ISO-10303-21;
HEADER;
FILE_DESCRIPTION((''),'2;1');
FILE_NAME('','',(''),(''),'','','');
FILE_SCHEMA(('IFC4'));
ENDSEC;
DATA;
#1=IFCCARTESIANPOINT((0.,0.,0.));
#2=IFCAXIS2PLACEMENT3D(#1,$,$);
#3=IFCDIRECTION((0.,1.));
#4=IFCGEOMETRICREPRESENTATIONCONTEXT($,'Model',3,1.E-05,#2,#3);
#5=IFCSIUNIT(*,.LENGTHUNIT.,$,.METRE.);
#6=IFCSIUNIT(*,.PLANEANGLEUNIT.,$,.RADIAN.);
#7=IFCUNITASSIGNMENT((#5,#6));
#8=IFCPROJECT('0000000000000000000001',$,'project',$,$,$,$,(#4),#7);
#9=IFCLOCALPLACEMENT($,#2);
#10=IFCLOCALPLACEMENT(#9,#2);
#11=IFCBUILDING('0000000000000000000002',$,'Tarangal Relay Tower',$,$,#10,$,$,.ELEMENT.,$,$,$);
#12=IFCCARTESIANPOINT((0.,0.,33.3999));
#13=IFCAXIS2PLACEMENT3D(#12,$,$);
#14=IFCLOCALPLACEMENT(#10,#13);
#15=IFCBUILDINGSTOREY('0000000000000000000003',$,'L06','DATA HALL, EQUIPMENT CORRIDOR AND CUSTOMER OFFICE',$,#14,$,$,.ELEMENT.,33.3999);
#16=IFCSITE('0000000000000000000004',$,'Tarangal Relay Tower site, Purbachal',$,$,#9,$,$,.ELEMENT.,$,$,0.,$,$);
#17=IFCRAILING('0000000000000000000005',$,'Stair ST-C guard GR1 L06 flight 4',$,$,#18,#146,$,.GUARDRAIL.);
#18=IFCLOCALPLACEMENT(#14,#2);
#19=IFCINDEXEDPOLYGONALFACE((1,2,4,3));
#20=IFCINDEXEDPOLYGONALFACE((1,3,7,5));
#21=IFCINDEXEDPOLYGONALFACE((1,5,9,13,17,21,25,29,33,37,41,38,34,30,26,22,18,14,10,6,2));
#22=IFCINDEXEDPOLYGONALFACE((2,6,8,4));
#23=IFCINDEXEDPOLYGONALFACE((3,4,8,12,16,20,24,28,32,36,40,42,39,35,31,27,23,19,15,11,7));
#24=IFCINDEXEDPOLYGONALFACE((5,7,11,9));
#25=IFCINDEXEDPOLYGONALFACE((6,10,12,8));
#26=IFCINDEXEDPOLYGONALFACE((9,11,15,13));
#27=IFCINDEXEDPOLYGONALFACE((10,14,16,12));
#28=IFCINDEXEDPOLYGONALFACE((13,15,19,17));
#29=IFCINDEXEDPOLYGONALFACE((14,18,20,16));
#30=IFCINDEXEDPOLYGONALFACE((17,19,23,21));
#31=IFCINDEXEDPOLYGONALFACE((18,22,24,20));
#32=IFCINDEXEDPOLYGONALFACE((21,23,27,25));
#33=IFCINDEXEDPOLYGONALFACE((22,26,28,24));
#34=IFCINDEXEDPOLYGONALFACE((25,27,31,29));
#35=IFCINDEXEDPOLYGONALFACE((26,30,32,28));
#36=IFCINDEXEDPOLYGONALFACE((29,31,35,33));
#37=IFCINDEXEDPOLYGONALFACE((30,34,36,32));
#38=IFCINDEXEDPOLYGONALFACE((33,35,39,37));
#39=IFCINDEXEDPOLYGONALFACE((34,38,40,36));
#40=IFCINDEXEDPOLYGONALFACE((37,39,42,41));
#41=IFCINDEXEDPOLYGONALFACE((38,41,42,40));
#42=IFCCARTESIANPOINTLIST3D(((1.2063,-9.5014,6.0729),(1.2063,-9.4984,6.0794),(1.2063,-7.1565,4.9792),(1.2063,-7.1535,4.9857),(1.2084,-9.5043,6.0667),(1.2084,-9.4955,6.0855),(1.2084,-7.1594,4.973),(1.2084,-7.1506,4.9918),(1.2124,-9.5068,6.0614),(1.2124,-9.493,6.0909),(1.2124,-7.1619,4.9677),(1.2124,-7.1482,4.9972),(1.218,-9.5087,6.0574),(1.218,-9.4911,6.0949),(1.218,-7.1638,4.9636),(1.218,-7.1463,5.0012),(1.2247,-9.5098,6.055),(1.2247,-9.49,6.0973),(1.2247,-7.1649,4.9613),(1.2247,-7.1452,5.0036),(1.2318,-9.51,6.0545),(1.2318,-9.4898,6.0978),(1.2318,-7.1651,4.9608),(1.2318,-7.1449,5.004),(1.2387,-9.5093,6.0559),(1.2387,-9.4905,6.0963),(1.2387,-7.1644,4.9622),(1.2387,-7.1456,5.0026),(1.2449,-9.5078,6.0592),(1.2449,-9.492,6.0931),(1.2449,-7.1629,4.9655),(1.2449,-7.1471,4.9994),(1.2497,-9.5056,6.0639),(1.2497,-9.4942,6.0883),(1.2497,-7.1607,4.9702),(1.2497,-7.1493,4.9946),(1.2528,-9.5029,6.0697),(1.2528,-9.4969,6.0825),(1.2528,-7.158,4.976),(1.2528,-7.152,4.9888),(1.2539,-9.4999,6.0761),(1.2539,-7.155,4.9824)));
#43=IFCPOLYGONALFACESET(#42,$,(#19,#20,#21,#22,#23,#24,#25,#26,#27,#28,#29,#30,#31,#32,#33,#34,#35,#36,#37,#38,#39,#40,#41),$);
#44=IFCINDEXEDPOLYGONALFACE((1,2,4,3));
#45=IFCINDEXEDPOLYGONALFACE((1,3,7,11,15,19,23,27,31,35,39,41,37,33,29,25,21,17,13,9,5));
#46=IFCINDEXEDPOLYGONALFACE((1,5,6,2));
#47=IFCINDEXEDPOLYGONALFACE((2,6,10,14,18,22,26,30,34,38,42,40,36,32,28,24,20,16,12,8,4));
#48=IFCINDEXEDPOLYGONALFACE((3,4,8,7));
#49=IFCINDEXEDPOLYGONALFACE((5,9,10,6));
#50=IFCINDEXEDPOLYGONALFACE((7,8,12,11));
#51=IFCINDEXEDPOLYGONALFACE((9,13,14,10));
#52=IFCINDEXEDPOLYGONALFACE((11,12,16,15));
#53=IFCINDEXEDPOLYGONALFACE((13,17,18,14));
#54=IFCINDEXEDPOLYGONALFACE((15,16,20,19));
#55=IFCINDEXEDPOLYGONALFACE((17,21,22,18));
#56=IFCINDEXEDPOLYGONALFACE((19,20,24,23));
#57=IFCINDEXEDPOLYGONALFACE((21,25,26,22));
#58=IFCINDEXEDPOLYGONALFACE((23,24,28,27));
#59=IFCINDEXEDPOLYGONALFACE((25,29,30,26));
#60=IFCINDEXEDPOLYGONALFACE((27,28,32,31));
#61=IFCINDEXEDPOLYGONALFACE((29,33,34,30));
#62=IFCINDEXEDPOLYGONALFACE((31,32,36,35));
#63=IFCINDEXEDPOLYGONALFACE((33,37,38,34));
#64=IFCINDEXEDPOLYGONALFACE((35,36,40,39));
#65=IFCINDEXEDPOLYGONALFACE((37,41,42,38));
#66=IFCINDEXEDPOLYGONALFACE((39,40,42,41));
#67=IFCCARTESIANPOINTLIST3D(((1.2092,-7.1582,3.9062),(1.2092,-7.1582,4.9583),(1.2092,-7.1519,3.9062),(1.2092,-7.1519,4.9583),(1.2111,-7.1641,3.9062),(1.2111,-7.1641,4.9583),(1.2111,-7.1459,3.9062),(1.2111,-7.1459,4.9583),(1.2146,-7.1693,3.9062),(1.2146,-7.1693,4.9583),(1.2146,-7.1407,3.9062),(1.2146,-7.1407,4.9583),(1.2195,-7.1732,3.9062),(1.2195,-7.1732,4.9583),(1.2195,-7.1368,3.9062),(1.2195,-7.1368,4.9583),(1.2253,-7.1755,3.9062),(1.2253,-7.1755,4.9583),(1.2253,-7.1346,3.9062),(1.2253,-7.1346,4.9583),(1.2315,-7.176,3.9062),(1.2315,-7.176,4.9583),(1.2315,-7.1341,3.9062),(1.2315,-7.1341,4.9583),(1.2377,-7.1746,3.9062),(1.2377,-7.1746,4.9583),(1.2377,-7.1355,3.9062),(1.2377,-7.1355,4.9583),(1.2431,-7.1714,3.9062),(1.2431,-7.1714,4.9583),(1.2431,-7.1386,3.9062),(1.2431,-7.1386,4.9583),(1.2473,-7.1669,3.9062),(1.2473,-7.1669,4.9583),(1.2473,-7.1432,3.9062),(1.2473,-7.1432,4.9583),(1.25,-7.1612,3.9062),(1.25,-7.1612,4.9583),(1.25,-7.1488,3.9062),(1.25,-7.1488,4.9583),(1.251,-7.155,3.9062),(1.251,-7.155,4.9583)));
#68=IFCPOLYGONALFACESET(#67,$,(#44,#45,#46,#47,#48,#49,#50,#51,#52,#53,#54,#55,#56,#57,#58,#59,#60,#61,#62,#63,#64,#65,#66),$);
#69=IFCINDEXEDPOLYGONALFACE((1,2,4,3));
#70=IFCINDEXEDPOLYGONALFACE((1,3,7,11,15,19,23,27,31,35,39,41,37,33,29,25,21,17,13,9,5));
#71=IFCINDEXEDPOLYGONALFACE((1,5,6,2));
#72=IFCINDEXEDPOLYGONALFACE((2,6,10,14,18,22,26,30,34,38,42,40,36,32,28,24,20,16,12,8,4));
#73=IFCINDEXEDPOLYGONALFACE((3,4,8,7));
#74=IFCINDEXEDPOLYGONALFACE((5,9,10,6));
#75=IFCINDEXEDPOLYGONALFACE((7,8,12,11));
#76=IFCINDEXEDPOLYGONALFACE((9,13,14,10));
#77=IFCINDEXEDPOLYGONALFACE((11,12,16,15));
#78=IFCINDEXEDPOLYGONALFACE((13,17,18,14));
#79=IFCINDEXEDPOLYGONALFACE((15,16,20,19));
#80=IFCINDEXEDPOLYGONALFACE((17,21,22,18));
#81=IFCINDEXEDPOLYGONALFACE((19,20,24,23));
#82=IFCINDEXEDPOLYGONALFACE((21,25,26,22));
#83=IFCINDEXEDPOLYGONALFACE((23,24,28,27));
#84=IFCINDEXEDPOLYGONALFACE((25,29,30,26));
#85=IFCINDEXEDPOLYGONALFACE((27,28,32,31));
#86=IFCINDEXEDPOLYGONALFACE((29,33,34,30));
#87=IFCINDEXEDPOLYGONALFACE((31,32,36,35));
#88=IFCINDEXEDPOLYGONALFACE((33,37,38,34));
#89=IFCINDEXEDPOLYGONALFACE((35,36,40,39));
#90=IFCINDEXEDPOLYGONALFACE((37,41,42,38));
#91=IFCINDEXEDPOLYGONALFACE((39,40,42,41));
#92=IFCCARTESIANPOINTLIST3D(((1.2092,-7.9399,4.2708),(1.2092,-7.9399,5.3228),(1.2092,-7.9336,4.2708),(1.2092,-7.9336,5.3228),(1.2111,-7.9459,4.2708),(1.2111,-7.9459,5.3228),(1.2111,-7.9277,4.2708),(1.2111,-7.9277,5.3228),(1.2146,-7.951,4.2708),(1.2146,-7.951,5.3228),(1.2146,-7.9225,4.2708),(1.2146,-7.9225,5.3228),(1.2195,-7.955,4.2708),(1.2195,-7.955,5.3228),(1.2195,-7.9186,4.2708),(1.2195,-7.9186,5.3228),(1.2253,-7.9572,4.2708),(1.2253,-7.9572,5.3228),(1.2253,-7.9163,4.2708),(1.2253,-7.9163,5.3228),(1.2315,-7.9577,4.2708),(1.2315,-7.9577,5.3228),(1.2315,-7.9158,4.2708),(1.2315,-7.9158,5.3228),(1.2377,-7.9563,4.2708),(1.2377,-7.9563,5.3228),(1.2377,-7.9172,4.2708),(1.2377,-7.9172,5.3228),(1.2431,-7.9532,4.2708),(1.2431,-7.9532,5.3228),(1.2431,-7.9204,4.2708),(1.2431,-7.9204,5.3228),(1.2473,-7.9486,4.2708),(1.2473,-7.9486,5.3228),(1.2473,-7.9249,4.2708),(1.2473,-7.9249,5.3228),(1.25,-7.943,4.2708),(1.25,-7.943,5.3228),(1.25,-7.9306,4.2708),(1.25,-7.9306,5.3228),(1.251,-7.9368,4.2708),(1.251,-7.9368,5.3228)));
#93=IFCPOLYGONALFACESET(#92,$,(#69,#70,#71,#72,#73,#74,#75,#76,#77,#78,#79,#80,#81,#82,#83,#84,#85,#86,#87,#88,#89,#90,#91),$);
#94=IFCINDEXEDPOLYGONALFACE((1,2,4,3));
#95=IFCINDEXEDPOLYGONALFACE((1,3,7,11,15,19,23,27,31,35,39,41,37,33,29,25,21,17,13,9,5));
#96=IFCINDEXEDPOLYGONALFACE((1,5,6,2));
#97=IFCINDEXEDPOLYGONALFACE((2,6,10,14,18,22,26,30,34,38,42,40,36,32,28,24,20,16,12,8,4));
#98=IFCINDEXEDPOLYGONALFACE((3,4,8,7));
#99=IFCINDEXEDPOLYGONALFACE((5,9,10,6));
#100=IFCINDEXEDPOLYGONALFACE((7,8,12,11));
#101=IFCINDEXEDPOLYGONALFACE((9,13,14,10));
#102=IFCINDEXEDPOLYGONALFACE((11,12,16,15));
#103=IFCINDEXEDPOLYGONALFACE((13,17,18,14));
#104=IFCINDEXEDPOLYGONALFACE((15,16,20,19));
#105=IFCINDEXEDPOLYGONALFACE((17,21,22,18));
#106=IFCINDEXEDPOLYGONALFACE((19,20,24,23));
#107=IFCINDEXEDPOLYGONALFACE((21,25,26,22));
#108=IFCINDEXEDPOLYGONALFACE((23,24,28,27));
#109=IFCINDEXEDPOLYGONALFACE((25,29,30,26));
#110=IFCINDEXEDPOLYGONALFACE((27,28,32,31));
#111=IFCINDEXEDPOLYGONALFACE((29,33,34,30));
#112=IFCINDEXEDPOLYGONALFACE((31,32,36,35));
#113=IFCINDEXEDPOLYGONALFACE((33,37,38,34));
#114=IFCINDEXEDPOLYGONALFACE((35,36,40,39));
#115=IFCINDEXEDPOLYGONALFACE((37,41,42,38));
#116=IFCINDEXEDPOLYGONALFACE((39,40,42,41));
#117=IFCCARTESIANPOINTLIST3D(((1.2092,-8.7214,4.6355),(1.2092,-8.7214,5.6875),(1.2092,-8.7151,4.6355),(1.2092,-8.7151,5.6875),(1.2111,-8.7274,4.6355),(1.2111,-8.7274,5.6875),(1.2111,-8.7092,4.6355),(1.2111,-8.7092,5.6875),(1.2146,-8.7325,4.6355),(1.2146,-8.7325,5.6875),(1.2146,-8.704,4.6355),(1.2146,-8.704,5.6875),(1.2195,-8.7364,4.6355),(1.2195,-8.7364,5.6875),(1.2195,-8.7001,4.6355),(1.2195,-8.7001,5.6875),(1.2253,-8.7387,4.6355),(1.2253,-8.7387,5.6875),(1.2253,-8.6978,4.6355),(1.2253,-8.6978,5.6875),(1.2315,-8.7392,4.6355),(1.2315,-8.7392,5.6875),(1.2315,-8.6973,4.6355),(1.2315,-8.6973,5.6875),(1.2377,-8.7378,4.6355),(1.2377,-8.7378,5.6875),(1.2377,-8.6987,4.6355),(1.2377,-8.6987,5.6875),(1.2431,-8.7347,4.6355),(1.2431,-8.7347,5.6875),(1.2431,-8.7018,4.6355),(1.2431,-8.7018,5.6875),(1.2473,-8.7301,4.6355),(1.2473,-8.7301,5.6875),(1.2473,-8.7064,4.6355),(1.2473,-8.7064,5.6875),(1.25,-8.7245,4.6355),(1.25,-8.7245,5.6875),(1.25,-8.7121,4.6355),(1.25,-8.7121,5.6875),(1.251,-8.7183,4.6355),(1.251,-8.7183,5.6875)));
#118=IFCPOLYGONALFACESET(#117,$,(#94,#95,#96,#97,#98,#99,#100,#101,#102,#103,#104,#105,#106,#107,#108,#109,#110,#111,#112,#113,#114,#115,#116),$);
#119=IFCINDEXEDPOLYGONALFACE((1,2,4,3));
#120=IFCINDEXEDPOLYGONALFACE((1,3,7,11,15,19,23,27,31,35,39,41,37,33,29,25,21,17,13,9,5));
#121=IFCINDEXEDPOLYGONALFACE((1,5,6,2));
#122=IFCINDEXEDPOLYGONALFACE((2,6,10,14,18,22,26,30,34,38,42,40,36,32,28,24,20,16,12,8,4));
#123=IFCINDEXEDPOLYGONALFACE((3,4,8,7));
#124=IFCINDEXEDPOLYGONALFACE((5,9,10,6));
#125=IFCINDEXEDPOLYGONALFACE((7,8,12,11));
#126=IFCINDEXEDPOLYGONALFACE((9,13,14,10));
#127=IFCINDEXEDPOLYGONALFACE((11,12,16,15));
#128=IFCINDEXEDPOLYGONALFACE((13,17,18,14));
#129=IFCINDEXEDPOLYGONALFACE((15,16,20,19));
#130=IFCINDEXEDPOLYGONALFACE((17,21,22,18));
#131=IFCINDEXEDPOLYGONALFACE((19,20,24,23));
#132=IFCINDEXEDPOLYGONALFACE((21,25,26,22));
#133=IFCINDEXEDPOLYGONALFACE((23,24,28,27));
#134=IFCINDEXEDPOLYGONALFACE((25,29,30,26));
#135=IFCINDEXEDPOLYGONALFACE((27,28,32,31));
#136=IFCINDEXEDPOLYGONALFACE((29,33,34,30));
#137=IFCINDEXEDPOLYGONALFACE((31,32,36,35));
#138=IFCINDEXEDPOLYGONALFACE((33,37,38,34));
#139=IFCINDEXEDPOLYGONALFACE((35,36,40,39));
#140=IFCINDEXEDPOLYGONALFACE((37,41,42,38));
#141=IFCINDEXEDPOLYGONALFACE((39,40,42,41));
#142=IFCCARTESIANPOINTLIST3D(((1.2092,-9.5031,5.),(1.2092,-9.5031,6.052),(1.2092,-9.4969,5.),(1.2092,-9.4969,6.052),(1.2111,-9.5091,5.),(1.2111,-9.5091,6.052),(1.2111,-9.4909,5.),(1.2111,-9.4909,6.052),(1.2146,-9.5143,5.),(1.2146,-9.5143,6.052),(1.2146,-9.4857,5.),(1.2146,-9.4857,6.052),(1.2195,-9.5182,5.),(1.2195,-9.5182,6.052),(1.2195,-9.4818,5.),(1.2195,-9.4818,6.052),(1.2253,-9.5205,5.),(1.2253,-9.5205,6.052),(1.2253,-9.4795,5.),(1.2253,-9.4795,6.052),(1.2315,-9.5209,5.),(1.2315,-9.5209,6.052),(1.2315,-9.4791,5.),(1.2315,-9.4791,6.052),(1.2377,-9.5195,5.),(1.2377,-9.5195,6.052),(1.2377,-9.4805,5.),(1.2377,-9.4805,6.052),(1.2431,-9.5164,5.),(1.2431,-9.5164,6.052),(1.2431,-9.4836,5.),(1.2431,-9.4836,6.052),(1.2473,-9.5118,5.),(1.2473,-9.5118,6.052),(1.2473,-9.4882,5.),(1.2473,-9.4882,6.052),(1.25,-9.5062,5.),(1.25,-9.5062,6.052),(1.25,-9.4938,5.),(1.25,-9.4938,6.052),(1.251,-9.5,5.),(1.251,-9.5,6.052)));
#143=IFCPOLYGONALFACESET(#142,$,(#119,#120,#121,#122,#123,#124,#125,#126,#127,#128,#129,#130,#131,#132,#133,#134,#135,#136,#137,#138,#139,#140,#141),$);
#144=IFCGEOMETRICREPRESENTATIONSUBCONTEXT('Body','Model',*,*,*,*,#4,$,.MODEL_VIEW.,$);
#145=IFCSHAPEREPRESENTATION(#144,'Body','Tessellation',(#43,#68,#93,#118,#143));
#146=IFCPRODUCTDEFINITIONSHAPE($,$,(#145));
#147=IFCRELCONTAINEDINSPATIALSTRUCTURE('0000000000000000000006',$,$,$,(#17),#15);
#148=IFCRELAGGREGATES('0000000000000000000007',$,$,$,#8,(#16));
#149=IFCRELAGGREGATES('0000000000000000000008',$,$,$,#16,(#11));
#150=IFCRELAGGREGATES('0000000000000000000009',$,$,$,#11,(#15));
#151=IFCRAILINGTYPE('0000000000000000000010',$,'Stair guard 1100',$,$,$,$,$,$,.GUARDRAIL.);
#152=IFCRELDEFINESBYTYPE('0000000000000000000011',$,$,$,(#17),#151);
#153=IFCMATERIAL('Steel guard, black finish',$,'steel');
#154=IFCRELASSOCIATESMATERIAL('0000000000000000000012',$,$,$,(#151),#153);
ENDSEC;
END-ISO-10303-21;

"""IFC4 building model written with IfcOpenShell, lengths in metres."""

from ifc_helpers import new_model, si_unit, direction, frame, origin, origin_2d, place, context, subcontext, project, spatial, circle, extrude, material, type_object, element, save


model = new_model("IFC4")

# Units and contexts
model_context = context("Model", 3, precision=1e-05, world=origin(), true_north=direction((0.0, 1.0)))
body_context = subcontext(model_context, "Body", "Model", "MODEL_VIEW")
ifc_project = project(units=[si_unit("LENGTHUNIT", "METRE"), si_unit("PLANEANGLEUNIT", "RADIAN")], contexts=[model_context])

# Site, building, storey
site_placement = place(None, origin())
site = spatial("IfcSite", under=ifc_project, at=site_placement, Name="Tarangal Relay Tower site, Purbachal", CompositionType="ELEMENT", RefElevation=0.0)
building_placement = place(site_placement, origin())
building = spatial("IfcBuilding", under=site, at=building_placement, Name="Tarangal Relay Tower", CompositionType="ELEMENT")
storey_placement = place(building_placement, frame((0.0, 0.0, 33.3999)))
storey = spatial("IfcBuildingStorey", under=building, at=storey_placement, Name="L06", Description="DATA HALL, EQUIPMENT CORRIDOR AND CUSTOMER OFFICE", CompositionType="ELEMENT", Elevation=33.3999)

# Railing
ifc_material_1 = material(Name="Steel guard, black finish", Category="steel")
railing_type_1 = type_object("IfcRailingType", Name="Stair guard 1100", PredefinedType="GUARDRAIL", material=ifc_material_1)
for number, where, name in (
    (1, (1.23, -7.155, 3.9062), "Stair ST-C guard GR1 L06 flight 4"),
):
    element("IfcRailing", number, at=place(storey_placement, frame(where)), inside=storey, type_object=railing_type_1, Name=name, PredefinedType="GUARDRAIL", context=body_context, shape_type="SweptSolid", body=[
        extrude(circle(Radius=0.0239, at=origin_2d()), frame((0.0, 0.0, 1.0762), z_axis=(0.0, -0.906267, 0.422705), x_axis=(1.0, 0.0, 0.0)), (0.0, 0.0, 1.0), 2.5874),
        extrude(circle(Radius=0.021, at=origin_2d()), origin(), (0.0, 0.0, 1.0), 1.052),
        extrude(circle(Radius=0.021, at=origin_2d()), frame((0.0, -0.7817, 0.3645)), (0.0, 0.0, 1.0), 1.052),
        extrude(circle(Radius=0.021, at=origin_2d()), frame((0.0, -1.5632, 0.7292)), (0.0, 0.0, 1.0), 1.052),
        extrude(circle(Radius=0.021, at=origin_2d()), frame((0.0, -2.345, 1.0938)), (0.0, 0.0, 1.0), 1.052),
    ])

save(model, "model.ifc")
